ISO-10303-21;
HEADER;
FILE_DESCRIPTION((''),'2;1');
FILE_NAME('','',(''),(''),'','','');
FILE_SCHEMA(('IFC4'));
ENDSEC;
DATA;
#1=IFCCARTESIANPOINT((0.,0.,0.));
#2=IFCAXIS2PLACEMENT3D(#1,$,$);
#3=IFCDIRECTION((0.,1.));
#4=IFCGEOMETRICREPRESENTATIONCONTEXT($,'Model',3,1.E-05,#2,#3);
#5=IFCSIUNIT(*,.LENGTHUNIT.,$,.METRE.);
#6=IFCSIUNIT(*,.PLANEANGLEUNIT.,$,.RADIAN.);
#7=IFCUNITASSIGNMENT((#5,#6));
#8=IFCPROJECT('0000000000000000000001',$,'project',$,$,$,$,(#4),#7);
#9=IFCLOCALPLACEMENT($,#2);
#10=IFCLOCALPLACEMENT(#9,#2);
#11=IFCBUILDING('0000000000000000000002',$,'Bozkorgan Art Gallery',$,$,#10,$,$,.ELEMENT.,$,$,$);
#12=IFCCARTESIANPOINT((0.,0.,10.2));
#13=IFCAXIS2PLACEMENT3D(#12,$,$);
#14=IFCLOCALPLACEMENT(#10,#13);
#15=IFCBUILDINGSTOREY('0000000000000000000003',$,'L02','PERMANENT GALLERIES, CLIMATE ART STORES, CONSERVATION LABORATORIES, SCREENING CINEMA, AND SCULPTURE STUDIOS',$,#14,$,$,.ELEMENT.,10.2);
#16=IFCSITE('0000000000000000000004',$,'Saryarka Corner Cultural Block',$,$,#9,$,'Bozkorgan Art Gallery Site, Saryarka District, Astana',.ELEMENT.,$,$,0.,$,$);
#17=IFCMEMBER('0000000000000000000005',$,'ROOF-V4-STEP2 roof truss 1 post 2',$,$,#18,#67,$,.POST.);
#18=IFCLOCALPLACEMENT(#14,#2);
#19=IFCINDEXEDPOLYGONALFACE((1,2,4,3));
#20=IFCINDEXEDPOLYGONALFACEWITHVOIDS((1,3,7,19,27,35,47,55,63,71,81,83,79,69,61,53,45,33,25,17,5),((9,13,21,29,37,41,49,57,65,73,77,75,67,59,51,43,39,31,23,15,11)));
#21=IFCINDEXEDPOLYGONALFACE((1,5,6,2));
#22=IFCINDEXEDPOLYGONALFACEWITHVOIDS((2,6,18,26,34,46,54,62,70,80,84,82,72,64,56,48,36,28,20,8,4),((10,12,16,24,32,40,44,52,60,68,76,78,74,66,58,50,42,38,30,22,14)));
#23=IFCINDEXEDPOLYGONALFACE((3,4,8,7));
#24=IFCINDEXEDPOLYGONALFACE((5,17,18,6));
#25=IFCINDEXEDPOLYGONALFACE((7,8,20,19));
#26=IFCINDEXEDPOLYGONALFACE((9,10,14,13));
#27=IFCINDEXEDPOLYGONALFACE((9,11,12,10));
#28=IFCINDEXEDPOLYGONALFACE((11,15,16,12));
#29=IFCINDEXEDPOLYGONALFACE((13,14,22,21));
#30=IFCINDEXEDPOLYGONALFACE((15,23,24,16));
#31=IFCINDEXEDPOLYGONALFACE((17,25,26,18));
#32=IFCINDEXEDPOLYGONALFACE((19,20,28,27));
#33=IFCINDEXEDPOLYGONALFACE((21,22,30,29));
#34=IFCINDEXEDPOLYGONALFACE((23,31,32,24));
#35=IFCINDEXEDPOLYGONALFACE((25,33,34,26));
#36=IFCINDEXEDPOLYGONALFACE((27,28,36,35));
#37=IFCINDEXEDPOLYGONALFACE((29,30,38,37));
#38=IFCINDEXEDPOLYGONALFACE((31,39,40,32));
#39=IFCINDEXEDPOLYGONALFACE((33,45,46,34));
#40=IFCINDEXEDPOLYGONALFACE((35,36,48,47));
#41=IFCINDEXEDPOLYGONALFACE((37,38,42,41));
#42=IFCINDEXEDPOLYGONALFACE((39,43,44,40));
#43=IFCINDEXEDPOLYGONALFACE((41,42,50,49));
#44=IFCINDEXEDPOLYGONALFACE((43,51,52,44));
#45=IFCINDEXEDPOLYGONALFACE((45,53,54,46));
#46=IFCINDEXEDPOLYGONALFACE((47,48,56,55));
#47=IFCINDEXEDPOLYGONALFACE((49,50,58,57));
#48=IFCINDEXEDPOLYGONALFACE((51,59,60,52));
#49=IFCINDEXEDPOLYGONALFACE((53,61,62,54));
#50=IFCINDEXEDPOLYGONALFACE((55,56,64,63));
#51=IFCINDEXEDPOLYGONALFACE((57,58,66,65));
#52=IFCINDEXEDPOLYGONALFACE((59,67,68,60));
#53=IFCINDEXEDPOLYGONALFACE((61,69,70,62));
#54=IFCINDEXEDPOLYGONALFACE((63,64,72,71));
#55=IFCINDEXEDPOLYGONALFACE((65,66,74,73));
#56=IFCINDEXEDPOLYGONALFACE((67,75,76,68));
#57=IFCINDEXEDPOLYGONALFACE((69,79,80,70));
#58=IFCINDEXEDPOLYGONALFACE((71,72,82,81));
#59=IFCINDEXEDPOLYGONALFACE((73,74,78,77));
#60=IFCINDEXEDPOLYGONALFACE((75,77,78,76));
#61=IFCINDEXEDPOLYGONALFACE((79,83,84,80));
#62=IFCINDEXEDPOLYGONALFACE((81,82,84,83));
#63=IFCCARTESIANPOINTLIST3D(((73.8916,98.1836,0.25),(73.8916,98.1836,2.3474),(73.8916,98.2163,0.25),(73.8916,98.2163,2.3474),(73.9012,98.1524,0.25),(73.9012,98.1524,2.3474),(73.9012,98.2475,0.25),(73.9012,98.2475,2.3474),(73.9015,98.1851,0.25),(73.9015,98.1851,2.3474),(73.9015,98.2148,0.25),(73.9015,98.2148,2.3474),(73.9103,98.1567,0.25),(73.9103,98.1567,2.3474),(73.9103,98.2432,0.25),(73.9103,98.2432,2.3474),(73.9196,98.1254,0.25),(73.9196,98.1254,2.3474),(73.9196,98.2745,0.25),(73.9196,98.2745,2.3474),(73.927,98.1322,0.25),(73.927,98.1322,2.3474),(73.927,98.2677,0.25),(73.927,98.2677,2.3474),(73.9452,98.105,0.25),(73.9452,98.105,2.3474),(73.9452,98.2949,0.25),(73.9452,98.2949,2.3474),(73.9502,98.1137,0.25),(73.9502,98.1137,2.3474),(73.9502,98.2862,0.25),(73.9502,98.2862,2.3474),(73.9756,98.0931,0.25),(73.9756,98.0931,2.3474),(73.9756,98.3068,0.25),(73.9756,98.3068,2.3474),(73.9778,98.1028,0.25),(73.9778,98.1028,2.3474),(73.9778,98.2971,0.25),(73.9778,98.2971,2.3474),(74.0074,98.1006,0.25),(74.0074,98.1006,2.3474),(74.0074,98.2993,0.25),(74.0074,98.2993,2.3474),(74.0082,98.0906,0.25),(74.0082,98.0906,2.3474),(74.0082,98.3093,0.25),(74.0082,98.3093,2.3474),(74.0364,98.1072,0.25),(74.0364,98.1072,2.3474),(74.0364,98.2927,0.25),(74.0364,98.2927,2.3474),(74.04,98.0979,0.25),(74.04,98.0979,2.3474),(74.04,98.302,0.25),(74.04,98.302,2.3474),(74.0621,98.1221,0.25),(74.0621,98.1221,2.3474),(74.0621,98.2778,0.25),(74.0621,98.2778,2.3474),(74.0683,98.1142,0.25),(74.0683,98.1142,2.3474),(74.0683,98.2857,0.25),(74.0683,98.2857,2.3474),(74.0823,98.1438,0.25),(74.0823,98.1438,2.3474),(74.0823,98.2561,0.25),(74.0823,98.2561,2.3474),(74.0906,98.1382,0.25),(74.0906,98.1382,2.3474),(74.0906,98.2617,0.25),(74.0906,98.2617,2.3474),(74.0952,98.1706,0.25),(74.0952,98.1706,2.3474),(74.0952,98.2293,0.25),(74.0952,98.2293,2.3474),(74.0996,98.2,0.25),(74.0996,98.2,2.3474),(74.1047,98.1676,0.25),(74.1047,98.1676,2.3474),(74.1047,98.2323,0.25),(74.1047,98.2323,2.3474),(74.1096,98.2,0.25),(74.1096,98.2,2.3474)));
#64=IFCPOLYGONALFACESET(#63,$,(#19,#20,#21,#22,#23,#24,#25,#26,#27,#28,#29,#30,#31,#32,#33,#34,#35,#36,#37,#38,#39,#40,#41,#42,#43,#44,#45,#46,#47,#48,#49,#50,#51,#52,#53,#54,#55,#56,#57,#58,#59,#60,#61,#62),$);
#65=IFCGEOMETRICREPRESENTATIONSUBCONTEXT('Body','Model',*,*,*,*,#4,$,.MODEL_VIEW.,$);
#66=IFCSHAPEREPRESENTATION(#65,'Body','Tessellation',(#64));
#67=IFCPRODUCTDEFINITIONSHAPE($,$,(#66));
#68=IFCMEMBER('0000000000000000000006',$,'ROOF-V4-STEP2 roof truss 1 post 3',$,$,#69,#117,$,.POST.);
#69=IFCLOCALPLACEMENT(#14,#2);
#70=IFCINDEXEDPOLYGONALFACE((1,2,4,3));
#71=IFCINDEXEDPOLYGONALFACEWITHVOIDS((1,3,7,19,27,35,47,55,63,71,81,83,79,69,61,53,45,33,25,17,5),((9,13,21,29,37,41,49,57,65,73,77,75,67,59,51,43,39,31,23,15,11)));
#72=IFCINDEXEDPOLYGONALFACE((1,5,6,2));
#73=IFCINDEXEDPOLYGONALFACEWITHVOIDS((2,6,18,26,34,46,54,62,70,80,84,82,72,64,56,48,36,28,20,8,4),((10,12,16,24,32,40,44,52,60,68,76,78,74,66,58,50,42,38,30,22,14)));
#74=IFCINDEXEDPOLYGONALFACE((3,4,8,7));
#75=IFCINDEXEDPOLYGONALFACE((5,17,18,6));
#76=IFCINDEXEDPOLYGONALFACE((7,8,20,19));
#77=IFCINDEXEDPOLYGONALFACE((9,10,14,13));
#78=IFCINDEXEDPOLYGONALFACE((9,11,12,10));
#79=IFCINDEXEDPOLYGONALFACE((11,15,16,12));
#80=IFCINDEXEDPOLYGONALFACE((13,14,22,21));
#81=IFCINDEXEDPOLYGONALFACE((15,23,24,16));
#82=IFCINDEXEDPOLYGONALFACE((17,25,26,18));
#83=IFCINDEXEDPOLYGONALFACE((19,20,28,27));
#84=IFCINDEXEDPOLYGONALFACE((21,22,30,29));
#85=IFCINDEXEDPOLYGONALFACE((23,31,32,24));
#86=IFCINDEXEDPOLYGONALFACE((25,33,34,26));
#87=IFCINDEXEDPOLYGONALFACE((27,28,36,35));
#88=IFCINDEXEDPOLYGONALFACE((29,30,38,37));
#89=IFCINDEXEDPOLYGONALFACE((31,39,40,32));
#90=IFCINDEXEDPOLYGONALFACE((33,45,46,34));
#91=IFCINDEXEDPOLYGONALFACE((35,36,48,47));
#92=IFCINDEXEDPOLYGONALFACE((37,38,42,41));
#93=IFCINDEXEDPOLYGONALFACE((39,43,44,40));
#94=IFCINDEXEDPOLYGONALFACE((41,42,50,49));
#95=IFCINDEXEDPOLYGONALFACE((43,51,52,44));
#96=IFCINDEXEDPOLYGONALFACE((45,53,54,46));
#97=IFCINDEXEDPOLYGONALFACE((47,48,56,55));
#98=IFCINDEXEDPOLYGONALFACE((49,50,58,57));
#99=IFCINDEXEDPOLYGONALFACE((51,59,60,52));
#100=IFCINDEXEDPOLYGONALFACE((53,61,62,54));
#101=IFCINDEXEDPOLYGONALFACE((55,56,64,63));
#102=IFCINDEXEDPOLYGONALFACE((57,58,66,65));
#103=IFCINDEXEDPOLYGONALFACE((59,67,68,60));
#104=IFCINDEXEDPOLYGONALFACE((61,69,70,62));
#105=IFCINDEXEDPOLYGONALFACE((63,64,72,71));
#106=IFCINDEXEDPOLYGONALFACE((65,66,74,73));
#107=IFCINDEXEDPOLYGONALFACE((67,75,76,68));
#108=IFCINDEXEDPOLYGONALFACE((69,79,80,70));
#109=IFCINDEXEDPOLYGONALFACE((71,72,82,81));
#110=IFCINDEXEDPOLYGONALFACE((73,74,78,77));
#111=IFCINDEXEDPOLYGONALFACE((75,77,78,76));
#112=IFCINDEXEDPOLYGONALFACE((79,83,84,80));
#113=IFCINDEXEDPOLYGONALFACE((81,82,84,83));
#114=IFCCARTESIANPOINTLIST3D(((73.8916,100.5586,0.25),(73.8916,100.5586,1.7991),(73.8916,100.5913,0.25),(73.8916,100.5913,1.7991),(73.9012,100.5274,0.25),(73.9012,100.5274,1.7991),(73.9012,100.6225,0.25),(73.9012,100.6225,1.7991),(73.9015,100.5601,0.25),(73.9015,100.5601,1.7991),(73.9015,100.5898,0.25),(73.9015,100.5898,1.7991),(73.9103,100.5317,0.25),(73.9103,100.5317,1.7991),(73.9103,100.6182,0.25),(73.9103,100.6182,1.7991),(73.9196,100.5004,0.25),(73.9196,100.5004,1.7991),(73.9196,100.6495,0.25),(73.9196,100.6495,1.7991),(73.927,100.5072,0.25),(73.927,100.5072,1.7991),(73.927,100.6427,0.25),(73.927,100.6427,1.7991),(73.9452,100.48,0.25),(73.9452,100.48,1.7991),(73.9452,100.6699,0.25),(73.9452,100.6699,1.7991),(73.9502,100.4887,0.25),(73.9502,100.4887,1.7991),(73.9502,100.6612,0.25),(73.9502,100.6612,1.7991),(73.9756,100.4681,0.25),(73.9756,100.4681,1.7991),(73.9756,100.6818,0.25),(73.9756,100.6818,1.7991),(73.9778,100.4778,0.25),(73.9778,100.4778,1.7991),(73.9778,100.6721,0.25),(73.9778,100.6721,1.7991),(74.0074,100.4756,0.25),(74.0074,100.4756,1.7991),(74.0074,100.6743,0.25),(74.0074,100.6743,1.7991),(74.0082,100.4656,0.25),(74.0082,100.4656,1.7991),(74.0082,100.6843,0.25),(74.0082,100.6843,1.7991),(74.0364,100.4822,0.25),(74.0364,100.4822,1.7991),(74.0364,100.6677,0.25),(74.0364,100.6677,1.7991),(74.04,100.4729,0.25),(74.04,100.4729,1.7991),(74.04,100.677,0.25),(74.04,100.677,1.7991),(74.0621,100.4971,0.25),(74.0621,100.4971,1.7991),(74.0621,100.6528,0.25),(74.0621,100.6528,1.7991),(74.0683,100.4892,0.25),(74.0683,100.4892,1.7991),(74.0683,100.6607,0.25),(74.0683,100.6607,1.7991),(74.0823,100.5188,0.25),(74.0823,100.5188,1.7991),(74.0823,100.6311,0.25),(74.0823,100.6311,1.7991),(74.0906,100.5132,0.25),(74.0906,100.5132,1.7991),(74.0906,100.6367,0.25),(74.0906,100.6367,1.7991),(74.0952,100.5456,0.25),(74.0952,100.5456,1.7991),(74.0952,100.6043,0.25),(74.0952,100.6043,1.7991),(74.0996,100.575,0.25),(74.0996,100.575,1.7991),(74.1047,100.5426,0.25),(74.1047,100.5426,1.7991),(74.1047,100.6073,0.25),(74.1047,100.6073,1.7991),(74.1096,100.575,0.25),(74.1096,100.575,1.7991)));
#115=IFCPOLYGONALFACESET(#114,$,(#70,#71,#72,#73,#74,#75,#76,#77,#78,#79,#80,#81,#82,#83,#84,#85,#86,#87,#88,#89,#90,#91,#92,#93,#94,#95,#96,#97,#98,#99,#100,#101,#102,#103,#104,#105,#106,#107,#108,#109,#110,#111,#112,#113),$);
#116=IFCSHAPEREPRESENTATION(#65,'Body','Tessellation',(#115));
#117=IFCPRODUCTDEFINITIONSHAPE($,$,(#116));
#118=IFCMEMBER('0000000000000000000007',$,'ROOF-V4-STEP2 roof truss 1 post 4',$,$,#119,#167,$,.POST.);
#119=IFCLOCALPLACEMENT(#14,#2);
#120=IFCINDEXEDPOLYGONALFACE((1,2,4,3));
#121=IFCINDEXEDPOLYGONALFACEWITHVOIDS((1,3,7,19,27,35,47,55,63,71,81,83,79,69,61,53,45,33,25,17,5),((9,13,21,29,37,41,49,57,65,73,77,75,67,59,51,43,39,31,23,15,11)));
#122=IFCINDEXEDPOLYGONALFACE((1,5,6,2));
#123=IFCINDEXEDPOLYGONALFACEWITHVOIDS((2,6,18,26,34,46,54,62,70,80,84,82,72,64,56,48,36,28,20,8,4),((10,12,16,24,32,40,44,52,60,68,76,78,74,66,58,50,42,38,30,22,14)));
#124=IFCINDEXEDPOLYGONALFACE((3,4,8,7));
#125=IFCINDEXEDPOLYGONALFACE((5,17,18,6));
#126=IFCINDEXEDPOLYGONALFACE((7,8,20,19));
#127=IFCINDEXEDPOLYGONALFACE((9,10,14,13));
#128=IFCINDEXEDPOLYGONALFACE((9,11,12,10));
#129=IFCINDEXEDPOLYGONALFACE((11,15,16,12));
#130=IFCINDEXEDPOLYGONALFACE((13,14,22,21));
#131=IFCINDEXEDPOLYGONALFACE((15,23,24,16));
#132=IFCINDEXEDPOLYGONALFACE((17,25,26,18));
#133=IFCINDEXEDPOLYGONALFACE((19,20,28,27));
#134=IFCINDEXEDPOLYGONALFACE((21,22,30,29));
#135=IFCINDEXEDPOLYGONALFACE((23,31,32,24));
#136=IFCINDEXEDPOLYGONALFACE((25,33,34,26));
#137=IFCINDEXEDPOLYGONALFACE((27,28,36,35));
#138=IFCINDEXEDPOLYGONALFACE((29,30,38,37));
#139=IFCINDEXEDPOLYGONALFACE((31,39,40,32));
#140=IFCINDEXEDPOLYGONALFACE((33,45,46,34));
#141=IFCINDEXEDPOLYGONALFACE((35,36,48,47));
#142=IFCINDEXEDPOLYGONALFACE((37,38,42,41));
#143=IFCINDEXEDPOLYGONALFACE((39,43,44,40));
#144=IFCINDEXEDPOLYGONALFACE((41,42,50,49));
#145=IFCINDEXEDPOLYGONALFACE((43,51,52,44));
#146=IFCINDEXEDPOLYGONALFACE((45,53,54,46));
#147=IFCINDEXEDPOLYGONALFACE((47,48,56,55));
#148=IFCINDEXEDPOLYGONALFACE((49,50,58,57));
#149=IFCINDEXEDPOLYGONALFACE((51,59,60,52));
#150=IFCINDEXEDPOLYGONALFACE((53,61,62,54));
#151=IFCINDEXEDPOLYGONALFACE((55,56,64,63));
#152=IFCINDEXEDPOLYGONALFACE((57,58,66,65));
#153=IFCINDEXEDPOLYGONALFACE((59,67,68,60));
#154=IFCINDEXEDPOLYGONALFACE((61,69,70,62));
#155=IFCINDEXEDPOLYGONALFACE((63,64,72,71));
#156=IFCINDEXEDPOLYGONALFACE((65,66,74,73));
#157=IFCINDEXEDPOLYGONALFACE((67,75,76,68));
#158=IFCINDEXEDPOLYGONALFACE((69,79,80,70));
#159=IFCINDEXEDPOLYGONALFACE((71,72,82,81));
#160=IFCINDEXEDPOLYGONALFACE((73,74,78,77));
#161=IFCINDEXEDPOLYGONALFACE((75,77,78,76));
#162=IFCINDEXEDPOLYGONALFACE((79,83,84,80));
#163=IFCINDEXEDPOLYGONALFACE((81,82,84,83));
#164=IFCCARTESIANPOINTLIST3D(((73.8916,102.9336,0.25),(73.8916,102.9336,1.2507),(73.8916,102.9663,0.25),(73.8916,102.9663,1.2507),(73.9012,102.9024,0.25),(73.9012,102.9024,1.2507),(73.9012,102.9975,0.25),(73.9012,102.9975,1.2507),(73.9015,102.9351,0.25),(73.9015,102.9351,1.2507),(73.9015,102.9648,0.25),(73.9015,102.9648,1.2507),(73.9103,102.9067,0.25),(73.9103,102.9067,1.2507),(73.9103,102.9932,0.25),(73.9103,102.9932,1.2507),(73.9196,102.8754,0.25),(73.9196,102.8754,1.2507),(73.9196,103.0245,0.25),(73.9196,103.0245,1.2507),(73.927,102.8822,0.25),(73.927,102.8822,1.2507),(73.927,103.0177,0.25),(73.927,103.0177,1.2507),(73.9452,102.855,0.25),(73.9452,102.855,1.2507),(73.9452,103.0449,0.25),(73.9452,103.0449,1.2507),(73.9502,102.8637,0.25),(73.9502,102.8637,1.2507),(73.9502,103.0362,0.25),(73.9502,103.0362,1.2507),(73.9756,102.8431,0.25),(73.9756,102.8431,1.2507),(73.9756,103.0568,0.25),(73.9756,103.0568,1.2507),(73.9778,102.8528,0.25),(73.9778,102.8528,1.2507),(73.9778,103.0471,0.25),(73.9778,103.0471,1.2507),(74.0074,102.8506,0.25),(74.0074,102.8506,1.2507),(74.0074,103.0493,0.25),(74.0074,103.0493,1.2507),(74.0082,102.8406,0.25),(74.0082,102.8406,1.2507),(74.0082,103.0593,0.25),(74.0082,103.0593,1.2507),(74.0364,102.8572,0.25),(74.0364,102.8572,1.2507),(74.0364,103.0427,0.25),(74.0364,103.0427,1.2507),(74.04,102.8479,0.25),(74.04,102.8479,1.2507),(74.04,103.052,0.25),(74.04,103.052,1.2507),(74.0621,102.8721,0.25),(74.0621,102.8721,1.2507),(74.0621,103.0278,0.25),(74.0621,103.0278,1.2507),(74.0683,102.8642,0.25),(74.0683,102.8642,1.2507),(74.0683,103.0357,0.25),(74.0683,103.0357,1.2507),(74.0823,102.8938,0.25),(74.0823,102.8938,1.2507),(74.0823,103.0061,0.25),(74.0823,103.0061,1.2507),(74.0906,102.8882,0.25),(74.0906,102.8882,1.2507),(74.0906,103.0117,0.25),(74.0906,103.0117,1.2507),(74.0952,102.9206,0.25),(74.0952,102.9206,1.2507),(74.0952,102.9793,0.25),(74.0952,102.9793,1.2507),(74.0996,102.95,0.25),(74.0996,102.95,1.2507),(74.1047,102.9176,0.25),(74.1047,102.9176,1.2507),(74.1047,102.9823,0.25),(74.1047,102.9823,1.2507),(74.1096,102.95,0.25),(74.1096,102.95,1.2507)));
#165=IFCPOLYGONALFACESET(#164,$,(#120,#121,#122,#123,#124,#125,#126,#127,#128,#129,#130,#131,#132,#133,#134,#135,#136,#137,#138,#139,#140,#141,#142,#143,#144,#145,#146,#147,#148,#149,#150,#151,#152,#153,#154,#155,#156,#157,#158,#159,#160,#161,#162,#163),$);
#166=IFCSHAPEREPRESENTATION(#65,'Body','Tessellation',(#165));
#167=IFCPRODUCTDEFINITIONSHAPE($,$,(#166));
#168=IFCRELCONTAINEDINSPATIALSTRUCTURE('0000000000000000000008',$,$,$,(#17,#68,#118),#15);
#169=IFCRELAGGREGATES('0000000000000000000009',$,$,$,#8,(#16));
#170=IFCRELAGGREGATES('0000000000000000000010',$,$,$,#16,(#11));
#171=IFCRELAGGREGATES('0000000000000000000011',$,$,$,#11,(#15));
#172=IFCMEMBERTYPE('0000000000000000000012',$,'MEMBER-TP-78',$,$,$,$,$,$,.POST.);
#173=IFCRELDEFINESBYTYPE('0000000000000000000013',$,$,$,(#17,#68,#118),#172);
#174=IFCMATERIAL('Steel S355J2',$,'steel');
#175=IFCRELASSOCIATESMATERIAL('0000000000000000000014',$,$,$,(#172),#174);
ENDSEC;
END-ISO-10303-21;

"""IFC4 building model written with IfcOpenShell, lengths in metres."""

from ifc_helpers import new_model, si_unit, direction, frame, origin, origin_2d, place, context, subcontext, project, spatial, hollow_circle, extrude, material, material_profile, profile_set, type_object, element, save


model = new_model("IFC4")

# Units and contexts
model_context = context("Model", 3, precision=1e-05, world=origin(), true_north=direction((0.0, 1.0)))
body_context = subcontext(model_context, "Body", "Model", "MODEL_VIEW")
ifc_project = project(units=[si_unit("LENGTHUNIT", "METRE"), si_unit("PLANEANGLEUNIT", "RADIAN")], contexts=[model_context])

# Site, building, storey
site_placement = place(None, origin())
site = spatial("IfcSite", under=ifc_project, at=site_placement, Name="Saryarka Corner Cultural Block", LongName="Bozkorgan Art Gallery Site, Saryarka District, Astana", CompositionType="ELEMENT", RefElevation=0.0)
building_placement = place(site_placement, origin())
building = spatial("IfcBuilding", under=site, at=building_placement, Name="Bozkorgan Art Gallery", CompositionType="ELEMENT")
storey_placement = place(building_placement, frame((0.0, 0.0, 10.2)))
storey = spatial("IfcBuildingStorey", under=building, at=storey_placement, Name="L02", Description="PERMANENT GALLERIES, CLIMATE ART STORES, CONSERVATION LABORATORIES, SCREENING CINEMA, AND SCULPTURE STUDIOS", CompositionType="ELEMENT", Elevation=10.2)

# Shared definitions
ifc_material_1 = material(Name="Steel S355J2", Category="steel")

# Members
ifc_material_profile_1 = material_profile(ifc_material_1, hollow_circle(Radius=0.1096, WallThickness=0.01, at=origin_2d()), Name="CHS 219.1x10")
ifc_profile_set_1 = profile_set([ifc_material_profile_1], Name="Steel S355J2")
member_type_1 = type_object("IfcMemberType", Name="MEMBER-TP-78", PredefinedType="POST", material=ifc_profile_set_1)
member_1_placement = place(storey_placement, frame((74.0, 98.2, 0.25), z_axis=(0.0, 0.0, 1.0), x_axis=(1.0, 0.0, 0.0)))
element("IfcMember", 1, at=member_1_placement, inside=storey, type_object=member_type_1, Name="ROOF-V4-STEP2 roof truss 1 post 2", PredefinedType="POST", context=body_context, shape_type="SweptSolid", body=[
    extrude(hollow_circle(Radius=0.1096, WallThickness=0.01, at=origin_2d()), origin(), (0.0, 0.0, 1.0), 2.0974),
])
member_2_placement = place(storey_placement, frame((74.0, 100.575, 0.25), z_axis=(0.0, 0.0, 1.0), x_axis=(1.0, 0.0, 0.0)))
element("IfcMember", 2, at=member_2_placement, inside=storey, type_object=member_type_1, Name="ROOF-V4-STEP2 roof truss 1 post 3", PredefinedType="POST", context=body_context, shape_type="SweptSolid", body=[
    extrude(hollow_circle(Radius=0.1096, WallThickness=0.01, at=origin_2d()), origin(), (0.0, 0.0, 1.0), 1.5491),
])
member_3_placement = place(storey_placement, frame((74.0, 102.95, 0.25), z_axis=(0.0, 0.0, 1.0), x_axis=(1.0, 0.0, 0.0)))
element("IfcMember", 3, at=member_3_placement, inside=storey, type_object=member_type_1, Name="ROOF-V4-STEP2 roof truss 1 post 4", PredefinedType="POST", context=body_context, shape_type="SweptSolid", body=[
    extrude(hollow_circle(Radius=0.1096, WallThickness=0.01, at=origin_2d()), origin(), (0.0, 0.0, 1.0), 1.0007),
])

save(model, "model.ifc")
